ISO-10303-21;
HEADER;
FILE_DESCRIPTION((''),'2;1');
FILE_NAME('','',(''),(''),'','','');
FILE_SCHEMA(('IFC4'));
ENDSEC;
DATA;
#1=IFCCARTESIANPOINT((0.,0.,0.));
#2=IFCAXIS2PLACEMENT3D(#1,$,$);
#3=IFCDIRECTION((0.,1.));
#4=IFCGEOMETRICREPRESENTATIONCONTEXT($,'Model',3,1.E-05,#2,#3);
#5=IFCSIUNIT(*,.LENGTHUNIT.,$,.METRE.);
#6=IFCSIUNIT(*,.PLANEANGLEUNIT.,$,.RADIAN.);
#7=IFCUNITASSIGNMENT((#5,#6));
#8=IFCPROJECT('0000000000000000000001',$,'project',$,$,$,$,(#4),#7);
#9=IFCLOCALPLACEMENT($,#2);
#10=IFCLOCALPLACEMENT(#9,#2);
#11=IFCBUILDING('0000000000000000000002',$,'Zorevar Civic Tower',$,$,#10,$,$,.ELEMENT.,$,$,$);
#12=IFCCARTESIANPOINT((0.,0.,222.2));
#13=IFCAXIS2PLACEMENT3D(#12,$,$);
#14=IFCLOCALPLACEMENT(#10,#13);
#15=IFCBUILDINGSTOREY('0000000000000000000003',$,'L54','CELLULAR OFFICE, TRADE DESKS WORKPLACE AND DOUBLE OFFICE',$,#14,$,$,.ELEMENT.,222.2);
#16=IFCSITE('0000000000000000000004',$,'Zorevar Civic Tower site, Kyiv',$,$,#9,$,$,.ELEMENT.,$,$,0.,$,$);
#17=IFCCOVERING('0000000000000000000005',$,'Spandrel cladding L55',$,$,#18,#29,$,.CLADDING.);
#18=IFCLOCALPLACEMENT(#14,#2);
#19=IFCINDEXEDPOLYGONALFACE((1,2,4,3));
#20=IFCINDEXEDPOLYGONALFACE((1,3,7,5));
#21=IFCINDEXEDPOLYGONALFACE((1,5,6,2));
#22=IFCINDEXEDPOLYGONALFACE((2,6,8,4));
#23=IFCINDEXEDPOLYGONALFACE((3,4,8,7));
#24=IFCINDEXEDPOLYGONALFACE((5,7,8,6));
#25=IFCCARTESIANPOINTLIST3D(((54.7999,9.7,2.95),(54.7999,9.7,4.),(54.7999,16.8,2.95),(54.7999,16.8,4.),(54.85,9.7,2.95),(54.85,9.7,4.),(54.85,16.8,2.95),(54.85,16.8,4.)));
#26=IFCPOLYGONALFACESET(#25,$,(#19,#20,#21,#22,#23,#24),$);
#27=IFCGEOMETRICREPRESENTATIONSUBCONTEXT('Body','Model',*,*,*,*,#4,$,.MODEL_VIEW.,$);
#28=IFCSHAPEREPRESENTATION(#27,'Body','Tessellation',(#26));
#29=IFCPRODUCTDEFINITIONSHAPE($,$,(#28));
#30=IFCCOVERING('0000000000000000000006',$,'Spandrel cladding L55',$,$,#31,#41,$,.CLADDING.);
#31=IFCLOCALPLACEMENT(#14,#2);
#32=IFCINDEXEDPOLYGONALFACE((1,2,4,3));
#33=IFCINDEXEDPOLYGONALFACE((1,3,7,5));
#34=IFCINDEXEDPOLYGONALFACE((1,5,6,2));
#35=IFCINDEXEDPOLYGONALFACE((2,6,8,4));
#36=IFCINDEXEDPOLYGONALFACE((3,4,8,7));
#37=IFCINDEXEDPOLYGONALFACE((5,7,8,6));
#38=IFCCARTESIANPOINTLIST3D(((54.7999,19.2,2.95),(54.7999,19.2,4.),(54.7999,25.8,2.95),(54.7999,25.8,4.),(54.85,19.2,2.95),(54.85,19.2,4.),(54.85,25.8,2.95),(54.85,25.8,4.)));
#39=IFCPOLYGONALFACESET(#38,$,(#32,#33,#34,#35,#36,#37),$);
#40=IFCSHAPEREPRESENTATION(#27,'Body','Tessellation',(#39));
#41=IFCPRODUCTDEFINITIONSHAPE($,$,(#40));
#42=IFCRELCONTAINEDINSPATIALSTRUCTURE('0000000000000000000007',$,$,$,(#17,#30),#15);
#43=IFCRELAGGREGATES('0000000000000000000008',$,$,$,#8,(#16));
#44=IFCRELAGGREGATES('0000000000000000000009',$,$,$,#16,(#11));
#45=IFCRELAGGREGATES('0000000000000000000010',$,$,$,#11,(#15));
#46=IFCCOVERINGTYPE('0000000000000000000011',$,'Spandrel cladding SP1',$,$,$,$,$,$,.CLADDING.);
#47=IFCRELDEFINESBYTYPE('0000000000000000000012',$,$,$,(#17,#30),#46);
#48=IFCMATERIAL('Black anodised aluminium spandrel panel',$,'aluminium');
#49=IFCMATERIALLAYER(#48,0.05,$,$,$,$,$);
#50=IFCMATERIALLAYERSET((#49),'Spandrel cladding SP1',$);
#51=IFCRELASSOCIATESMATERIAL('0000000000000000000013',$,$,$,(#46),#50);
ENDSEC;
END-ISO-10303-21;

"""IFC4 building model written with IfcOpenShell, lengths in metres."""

from ifc_helpers import new_model, si_unit, direction, frame, frame_2d, origin, place, context, subcontext, project, spatial, rectangle, extrude, material, layer, layer_set, type_object, element, save


model = new_model("IFC4")

# Units and contexts
model_context = context("Model", 3, precision=1e-05, world=origin(), true_north=direction((0.0, 1.0)))
body_context = subcontext(model_context, "Body", "Model", "MODEL_VIEW")
ifc_project = project(units=[si_unit("LENGTHUNIT", "METRE"), si_unit("PLANEANGLEUNIT", "RADIAN")], contexts=[model_context])

# Site, building, storey
site_placement = place(None, origin())
site = spatial("IfcSite", under=ifc_project, at=site_placement, Name="Zorevar Civic Tower site, Kyiv", CompositionType="ELEMENT", RefElevation=0.0)
building_placement = place(site_placement, origin())
building = spatial("IfcBuilding", under=site, at=building_placement, Name="Zorevar Civic Tower", CompositionType="ELEMENT")
storey_placement = place(building_placement, frame((0.0, 0.0, 222.2)))
storey = spatial("IfcBuildingStorey", under=building, at=storey_placement, Name="L54", Description="CELLULAR OFFICE, TRADE DESKS WORKPLACE AND DOUBLE OFFICE", CompositionType="ELEMENT", Elevation=222.2)

# Coverings
ifc_material_1 = material(Name="Black anodised aluminium spandrel panel", Category="aluminium")
ifc_layer_1 = layer(ifc_material_1, 0.05)
ifc_layer_set_1 = layer_set([ifc_layer_1], Name="Spandrel cladding SP1")
covering_type = type_object("IfcCoveringType", Name="Spandrel cladding SP1", PredefinedType="CLADDING", material=ifc_layer_set_1)
covering_1_placement = place(storey_placement, frame((54.825, 9.7, 2.95), z_axis=(0.0, 0.0, 1.0), x_axis=(0.0, 1.0, 0.0)))
element("IfcCovering", 1, at=covering_1_placement, inside=storey, type_object=covering_type, Name="Spandrel cladding L55", PredefinedType="CLADDING", context=body_context, shape_type="SweptSolid", body=[
    extrude(rectangle(XDim=7.1001, YDim=0.05, at=frame_2d((3.55, 0.0))), origin(), (0.0, 0.0, 1.0), 1.05),
])
covering_2_placement = place(storey_placement, frame((54.825, 19.2, 2.95), z_axis=(0.0, 0.0, 1.0), x_axis=(0.0, 1.0, 0.0)))
element("IfcCovering", 2, at=covering_2_placement, inside=storey, type_object=covering_type, Name="Spandrel cladding L55", PredefinedType="CLADDING", context=body_context, shape_type="SweptSolid", body=[
    extrude(rectangle(XDim=6.6001, YDim=0.05, at=frame_2d((3.3, 0.0))), origin(), (0.0, 0.0, 1.0), 1.05),
])

save(model, "model.ifc")
